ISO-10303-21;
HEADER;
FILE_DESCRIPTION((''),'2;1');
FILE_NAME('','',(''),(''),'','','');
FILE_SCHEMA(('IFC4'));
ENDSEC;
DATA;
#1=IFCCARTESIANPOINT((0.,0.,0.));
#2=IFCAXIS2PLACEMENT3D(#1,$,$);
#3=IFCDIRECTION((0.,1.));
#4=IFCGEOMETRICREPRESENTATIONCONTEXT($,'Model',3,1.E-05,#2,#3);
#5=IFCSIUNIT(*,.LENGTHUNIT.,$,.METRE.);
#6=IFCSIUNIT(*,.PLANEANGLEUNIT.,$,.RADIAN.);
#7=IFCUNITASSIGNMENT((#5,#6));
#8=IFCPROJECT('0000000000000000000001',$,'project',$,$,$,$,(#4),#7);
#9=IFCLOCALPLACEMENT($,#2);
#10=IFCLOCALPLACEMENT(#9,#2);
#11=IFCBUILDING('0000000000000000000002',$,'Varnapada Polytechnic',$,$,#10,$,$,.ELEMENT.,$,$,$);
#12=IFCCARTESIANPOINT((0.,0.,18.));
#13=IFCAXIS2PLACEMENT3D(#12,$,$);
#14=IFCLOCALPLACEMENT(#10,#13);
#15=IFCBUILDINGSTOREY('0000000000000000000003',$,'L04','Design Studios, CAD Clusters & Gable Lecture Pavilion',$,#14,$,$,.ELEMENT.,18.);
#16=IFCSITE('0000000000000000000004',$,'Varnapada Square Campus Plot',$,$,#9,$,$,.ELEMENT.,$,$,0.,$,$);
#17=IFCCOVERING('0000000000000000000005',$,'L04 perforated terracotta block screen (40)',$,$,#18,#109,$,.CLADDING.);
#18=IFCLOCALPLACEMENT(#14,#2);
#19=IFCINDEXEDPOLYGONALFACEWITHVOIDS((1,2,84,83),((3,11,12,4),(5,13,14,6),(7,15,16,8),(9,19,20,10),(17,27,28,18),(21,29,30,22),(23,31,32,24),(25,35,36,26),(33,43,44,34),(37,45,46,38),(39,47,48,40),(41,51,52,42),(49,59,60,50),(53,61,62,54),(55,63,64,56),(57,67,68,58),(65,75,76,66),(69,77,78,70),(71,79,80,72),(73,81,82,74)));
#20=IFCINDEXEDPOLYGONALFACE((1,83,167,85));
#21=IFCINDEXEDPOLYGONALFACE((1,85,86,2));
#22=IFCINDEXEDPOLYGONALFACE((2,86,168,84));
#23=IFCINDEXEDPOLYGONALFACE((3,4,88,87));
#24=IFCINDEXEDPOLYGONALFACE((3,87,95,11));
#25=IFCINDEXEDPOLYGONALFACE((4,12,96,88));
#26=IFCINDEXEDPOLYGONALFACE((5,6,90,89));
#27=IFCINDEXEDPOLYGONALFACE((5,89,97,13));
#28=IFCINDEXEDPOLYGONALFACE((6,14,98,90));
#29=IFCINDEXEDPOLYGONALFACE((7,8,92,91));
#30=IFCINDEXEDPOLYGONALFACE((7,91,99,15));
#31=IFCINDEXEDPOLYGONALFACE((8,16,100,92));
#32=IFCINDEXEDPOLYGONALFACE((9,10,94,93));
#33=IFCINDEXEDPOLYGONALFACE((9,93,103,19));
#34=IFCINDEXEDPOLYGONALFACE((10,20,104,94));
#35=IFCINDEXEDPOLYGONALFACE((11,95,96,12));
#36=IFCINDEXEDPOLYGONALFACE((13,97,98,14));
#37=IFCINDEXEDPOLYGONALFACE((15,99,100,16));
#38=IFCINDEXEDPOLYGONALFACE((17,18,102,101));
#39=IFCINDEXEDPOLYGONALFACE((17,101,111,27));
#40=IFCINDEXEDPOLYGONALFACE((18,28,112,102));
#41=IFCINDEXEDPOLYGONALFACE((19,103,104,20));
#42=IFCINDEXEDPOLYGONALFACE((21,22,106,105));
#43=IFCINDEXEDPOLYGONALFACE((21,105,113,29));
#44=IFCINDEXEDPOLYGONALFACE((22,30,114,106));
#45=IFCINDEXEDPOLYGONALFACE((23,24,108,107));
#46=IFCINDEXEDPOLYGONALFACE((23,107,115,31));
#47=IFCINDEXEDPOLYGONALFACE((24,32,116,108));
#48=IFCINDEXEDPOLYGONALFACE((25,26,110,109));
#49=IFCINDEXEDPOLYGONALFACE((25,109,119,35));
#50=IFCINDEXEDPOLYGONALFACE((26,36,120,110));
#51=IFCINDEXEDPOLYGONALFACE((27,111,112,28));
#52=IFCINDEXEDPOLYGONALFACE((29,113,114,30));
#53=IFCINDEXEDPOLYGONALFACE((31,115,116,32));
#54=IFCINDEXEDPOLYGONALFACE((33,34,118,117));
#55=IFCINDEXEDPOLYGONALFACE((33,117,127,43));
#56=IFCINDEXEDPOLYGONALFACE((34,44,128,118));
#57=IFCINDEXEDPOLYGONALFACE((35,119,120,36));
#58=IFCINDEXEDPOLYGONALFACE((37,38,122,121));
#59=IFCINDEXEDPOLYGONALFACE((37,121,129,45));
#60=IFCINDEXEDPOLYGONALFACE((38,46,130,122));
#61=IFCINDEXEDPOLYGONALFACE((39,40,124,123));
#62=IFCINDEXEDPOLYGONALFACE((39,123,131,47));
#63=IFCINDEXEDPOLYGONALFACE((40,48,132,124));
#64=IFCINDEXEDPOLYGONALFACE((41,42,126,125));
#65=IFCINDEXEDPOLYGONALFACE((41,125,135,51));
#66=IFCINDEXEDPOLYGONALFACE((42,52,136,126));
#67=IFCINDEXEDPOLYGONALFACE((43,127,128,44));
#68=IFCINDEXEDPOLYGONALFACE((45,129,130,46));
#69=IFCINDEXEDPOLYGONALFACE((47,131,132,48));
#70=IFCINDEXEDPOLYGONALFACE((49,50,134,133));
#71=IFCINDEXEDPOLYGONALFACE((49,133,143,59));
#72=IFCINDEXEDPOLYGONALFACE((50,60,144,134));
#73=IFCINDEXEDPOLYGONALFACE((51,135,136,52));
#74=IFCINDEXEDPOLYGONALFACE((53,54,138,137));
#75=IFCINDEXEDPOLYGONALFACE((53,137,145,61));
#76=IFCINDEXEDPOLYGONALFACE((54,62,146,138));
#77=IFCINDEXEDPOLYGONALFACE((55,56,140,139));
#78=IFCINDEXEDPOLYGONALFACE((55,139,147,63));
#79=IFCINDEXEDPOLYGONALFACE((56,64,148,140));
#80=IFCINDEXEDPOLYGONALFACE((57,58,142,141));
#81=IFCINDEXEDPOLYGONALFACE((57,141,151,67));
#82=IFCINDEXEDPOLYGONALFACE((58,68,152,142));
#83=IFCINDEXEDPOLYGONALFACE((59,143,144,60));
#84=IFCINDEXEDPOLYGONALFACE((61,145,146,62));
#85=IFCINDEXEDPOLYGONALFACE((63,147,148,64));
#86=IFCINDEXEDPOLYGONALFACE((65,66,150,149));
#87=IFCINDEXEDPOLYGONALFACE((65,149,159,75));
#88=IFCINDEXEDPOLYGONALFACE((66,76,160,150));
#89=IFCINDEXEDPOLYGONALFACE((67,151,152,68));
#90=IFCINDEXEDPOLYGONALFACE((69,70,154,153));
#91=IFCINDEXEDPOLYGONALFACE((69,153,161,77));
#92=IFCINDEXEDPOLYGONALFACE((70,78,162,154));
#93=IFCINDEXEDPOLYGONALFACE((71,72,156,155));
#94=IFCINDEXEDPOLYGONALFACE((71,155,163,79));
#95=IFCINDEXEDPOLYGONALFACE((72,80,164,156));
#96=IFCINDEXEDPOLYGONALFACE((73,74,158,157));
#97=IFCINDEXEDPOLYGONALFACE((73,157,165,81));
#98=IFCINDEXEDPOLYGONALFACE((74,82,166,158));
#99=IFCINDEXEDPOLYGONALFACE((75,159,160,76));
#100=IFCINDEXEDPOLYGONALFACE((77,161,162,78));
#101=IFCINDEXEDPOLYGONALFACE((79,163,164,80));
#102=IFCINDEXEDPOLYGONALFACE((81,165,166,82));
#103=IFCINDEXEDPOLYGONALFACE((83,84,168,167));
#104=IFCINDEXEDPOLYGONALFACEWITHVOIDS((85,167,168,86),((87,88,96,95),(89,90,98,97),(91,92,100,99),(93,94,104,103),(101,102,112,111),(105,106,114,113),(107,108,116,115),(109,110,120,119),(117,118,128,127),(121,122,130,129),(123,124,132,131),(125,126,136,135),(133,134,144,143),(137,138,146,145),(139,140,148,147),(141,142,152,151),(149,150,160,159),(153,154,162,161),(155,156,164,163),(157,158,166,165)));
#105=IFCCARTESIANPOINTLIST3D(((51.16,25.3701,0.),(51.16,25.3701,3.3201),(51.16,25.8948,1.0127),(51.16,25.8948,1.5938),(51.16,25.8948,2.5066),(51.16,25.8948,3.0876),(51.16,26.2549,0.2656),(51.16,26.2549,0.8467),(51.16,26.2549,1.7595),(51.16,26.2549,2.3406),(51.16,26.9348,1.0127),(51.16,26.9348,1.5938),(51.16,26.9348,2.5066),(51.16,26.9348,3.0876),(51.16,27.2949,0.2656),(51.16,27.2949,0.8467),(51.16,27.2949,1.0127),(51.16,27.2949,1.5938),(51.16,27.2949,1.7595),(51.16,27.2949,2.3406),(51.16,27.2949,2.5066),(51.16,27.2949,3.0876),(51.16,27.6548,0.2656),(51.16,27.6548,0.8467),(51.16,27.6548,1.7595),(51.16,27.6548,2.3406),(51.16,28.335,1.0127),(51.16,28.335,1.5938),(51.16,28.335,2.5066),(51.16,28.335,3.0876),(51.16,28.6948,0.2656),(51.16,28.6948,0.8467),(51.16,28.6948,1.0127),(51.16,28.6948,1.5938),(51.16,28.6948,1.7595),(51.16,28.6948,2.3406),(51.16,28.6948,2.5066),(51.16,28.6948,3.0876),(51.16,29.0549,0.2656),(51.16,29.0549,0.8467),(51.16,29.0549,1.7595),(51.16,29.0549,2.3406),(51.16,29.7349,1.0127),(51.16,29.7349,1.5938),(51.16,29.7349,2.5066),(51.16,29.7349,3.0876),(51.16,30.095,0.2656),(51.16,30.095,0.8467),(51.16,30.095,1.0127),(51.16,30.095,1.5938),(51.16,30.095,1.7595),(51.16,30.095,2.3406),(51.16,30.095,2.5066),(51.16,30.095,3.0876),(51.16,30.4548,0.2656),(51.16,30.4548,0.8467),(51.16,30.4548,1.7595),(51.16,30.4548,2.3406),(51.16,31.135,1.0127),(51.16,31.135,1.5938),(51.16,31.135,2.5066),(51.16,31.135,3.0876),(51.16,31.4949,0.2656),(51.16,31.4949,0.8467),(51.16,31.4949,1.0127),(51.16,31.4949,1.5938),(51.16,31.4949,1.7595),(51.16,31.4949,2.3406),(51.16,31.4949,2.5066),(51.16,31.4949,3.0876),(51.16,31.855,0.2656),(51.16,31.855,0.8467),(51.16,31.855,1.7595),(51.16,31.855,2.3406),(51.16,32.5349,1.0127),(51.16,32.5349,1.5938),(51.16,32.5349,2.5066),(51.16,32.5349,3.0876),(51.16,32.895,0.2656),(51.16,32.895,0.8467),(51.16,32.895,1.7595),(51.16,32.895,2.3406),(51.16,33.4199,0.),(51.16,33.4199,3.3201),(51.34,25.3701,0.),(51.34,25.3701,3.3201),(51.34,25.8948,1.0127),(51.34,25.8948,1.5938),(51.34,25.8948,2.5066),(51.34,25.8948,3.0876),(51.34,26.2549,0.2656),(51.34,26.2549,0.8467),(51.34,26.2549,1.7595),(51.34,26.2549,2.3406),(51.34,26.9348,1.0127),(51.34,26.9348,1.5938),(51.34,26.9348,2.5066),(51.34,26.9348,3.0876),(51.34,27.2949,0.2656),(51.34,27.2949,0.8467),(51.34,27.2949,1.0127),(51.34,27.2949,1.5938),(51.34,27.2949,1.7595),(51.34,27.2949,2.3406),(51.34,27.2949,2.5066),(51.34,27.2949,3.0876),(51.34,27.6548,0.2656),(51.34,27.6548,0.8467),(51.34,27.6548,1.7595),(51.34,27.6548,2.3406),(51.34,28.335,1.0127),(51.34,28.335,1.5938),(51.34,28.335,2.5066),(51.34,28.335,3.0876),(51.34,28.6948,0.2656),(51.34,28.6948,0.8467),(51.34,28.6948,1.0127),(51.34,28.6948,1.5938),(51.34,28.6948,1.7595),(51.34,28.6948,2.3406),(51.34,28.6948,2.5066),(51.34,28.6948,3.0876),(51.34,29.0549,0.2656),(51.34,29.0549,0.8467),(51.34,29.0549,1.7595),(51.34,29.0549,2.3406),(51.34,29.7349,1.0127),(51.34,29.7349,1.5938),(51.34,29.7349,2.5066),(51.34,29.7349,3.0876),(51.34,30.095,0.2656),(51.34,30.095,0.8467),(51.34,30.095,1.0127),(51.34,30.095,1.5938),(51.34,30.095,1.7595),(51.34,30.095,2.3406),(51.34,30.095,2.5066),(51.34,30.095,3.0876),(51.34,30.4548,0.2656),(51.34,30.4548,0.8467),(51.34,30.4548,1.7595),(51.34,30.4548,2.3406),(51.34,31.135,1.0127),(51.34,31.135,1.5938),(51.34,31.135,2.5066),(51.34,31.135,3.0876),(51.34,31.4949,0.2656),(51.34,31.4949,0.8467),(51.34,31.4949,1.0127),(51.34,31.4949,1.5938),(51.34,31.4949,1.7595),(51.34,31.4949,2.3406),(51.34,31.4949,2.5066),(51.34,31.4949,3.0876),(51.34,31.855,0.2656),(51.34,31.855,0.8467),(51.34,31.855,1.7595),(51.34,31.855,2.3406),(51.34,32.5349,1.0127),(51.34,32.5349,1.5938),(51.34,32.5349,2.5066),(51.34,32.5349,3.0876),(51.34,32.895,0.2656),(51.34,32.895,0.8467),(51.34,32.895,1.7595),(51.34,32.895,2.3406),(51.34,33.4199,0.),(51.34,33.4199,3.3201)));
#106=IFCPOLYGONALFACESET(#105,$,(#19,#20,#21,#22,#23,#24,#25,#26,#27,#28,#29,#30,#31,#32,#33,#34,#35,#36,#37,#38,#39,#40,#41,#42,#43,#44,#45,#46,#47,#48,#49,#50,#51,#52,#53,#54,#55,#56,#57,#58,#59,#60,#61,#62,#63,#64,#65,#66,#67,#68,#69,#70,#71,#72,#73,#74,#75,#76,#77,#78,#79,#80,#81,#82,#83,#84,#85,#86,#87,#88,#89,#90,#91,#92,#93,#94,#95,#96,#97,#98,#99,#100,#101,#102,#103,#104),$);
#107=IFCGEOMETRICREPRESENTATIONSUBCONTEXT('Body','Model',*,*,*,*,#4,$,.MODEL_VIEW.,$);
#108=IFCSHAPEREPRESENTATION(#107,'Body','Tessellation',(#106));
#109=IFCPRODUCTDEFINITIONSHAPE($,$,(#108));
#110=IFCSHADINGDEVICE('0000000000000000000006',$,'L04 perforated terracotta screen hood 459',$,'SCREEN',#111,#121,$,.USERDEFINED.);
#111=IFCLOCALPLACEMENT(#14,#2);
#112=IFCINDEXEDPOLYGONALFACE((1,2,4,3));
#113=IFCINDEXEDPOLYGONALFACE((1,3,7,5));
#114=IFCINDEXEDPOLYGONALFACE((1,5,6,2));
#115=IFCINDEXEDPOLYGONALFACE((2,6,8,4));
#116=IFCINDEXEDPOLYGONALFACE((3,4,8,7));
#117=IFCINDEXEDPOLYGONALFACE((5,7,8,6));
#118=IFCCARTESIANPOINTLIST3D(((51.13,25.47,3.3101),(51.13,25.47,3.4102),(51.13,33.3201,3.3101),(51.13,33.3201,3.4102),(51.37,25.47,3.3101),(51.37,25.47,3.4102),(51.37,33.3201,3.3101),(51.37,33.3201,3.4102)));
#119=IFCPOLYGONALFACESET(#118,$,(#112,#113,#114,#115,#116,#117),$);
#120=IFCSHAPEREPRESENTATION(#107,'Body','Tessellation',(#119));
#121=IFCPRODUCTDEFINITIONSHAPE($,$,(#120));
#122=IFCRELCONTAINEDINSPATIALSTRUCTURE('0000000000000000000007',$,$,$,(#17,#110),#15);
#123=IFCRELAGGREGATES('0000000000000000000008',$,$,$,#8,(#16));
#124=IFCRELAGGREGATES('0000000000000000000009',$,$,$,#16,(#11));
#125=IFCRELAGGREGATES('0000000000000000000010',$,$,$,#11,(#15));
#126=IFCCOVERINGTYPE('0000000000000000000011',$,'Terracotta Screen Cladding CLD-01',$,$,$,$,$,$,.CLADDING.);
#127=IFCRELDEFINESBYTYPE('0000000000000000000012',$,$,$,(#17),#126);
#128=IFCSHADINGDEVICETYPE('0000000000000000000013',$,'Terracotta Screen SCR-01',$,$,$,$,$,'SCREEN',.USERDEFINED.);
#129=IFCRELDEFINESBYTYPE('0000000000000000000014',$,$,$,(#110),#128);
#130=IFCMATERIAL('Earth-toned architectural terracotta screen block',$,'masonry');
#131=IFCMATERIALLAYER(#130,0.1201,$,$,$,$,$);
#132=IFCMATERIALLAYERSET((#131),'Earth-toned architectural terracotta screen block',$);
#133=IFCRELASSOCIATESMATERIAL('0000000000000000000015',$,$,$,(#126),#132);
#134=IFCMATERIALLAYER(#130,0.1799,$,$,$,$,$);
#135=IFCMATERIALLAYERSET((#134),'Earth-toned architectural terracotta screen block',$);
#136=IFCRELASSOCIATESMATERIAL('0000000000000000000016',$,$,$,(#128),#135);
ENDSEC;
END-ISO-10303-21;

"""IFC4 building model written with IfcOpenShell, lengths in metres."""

from ifc_helpers import new_model, si_unit, direction, frame, frame_2d, origin, origin_2d, place, context, subcontext, project, spatial, rectangle, extrude, material, layer, layer_set, type_object, element, save


model = new_model("IFC4")

# Units and contexts
model_context = context("Model", 3, precision=1e-05, world=origin(), true_north=direction((0.0, 1.0)))
body_context = subcontext(model_context, "Body", "Model", "MODEL_VIEW")
ifc_project = project(units=[si_unit("LENGTHUNIT", "METRE"), si_unit("PLANEANGLEUNIT", "RADIAN")], contexts=[model_context])

# Site, building, storey
site_placement = place(None, origin())
site = spatial("IfcSite", under=ifc_project, at=site_placement, Name="Varnapada Square Campus Plot", CompositionType="ELEMENT", RefElevation=0.0)
building_placement = place(site_placement, origin())
building = spatial("IfcBuilding", under=site, at=building_placement, Name="Varnapada Polytechnic", CompositionType="ELEMENT")
storey_placement = place(building_placement, frame((0.0, 0.0, 18.0)))
storey = spatial("IfcBuildingStorey", under=building, at=storey_placement, Name="L04", Description="Design Studios, CAD Clusters & Gable Lecture Pavilion", CompositionType="ELEMENT", Elevation=18.0)

# Covering, openings
ifc_material_1 = material(Name="Earth-toned architectural terracotta screen block", Category="masonry")
ifc_layer_1 = layer(ifc_material_1, 0.1201)
ifc_layer_set_1 = layer_set([ifc_layer_1], Name="Earth-toned architectural terracotta screen block")
covering_type = type_object("IfcCoveringType", Name="Terracotta Screen Cladding CLD-01", PredefinedType="CLADDING", material=ifc_layer_set_1)
covering_placement = place(storey_placement, frame((51.25, 33.4199, 0.0), z_axis=(0.0, 0.0, 1.0), x_axis=(0.0, -1.0, 0.0)))
covering = element("IfcCovering", 1, at=covering_placement, inside=storey, type_object=covering_type, Name="L04 perforated terracotta block screen (40)", PredefinedType="CLADDING", context=body_context, shape_type="SweptSolid", body=[
    extrude(rectangle(XDim=8.0498, YDim=0.1799, at=frame_2d((4.0249, 0.0))), origin(), (0.0, 0.0, 1.0), 3.3201),
])
opening_1_placement = place(covering_placement, frame((0.5249, 0.0, 0.2656)))
element("IfcOpeningElement", 2, at=opening_1_placement, cuts=covering, PredefinedType="OPENING", context=body_context, shape_type="SweptSolid", body=[
    extrude(rectangle(XDim=1.04, YDim=0.5811, at=frame_2d((0.52, 0.2905))), frame((0.0, 0.0999, 0.0), z_axis=(0.0, -1.0, 0.0), x_axis=(1.0, 0.0, 0.0)), (0.0, 0.0, 1.0), 0.2),
])
opening_2_placement = place(covering_placement, frame((1.925, 0.0, 0.2656)))
element("IfcOpeningElement", 3, at=opening_2_placement, cuts=covering, PredefinedType="OPENING", context=body_context, shape_type="SweptSolid", body=[
    extrude(rectangle(XDim=1.04, YDim=0.5811, at=frame_2d((0.52, 0.2905))), frame((0.0, 0.0999, 0.0), z_axis=(0.0, -1.0, 0.0), x_axis=(1.0, 0.0, 0.0)), (0.0, 0.0, 1.0), 0.2),
])
opening_3_placement = place(covering_placement, frame((3.325, 0.0, 0.2656)))
element("IfcOpeningElement", 4, at=opening_3_placement, cuts=covering, PredefinedType="OPENING", context=body_context, shape_type="SweptSolid", body=[
    extrude(rectangle(XDim=1.04, YDim=0.5811, at=frame_2d((0.52, 0.2905))), frame((0.0, 0.0999, 0.0), z_axis=(0.0, -1.0, 0.0), x_axis=(1.0, 0.0, 0.0)), (0.0, 0.0, 1.0), 0.2),
])
opening_4_placement = place(covering_placement, frame((4.7251, 0.0, 0.2656)))
element("IfcOpeningElement", 5, at=opening_4_placement, cuts=covering, PredefinedType="OPENING", context=body_context, shape_type="SweptSolid", body=[
    extrude(rectangle(XDim=1.04, YDim=0.5811, at=frame_2d((0.52, 0.2905))), frame((0.0, 0.0999, 0.0), z_axis=(0.0, -1.0, 0.0), x_axis=(1.0, 0.0, 0.0)), (0.0, 0.0, 1.0), 0.2),
])
opening_5_placement = place(covering_placement, frame((6.125, 0.0, 0.2656)))
element("IfcOpeningElement", 6, at=opening_5_placement, cuts=covering, PredefinedType="OPENING", context=body_context, shape_type="SweptSolid", body=[
    extrude(rectangle(XDim=1.04, YDim=0.5811, at=frame_2d((0.52, 0.2905))), frame((0.0, 0.0999, 0.0), z_axis=(0.0, -1.0, 0.0), x_axis=(1.0, 0.0, 0.0)), (0.0, 0.0, 1.0), 0.2),
])
opening_6_placement = place(covering_placement, frame((0.885, 0.0, 1.0127)))
element("IfcOpeningElement", 7, at=opening_6_placement, cuts=covering, PredefinedType="OPENING", context=body_context, shape_type="SweptSolid", body=[
    extrude(rectangle(XDim=1.04, YDim=0.5811, at=frame_2d((0.52, 0.2905))), frame((0.0, 0.0999, 0.0), z_axis=(0.0, -1.0, 0.0), x_axis=(1.0, 0.0, 0.0)), (0.0, 0.0, 1.0), 0.2),
])
opening_7_placement = place(covering_placement, frame((2.2849, 0.0, 1.0127)))
element("IfcOpeningElement", 8, at=opening_7_placement, cuts=covering, PredefinedType="OPENING", context=body_context, shape_type="SweptSolid", body=[
    extrude(rectangle(XDim=1.04, YDim=0.5811, at=frame_2d((0.52, 0.2905))), frame((0.0, 0.0999, 0.0), z_axis=(0.0, -1.0, 0.0), x_axis=(1.0, 0.0, 0.0)), (0.0, 0.0, 1.0), 0.2),
])
opening_8_placement = place(covering_placement, frame((3.6851, 0.0, 1.0127)))
element("IfcOpeningElement", 9, at=opening_8_placement, cuts=covering, PredefinedType="OPENING", context=body_context, shape_type="SweptSolid", body=[
    extrude(rectangle(XDim=1.04, YDim=0.5811, at=frame_2d((0.52, 0.2905))), frame((0.0, 0.0999, 0.0), z_axis=(0.0, -1.0, 0.0), x_axis=(1.0, 0.0, 0.0)), (0.0, 0.0, 1.0), 0.2),
])
opening_9_placement = place(covering_placement, frame((5.085, 0.0, 1.0127)))
element("IfcOpeningElement", 10, at=opening_9_placement, cuts=covering, PredefinedType="OPENING", context=body_context, shape_type="SweptSolid", body=[
    extrude(rectangle(XDim=1.04, YDim=0.5811, at=frame_2d((0.52, 0.2905))), frame((0.0, 0.0999, 0.0), z_axis=(0.0, -1.0, 0.0), x_axis=(1.0, 0.0, 0.0)), (0.0, 0.0, 1.0), 0.2),
])
opening_10_placement = place(covering_placement, frame((6.4851, 0.0, 1.0127)))
element("IfcOpeningElement", 11, at=opening_10_placement, cuts=covering, PredefinedType="OPENING", context=body_context, shape_type="SweptSolid", body=[
    extrude(rectangle(XDim=1.04, YDim=0.5811, at=frame_2d((0.52, 0.2905))), frame((0.0, 0.0999, 0.0), z_axis=(0.0, -1.0, 0.0), x_axis=(1.0, 0.0, 0.0)), (0.0, 0.0, 1.0), 0.2),
])
opening_11_placement = place(covering_placement, frame((0.5249, 0.0, 1.7595)))
element("IfcOpeningElement", 12, at=opening_11_placement, cuts=covering, PredefinedType="OPENING", context=body_context, shape_type="SweptSolid", body=[
    extrude(rectangle(XDim=1.04, YDim=0.5811, at=frame_2d((0.52, 0.2905))), frame((0.0, 0.0999, 0.0), z_axis=(0.0, -1.0, 0.0), x_axis=(1.0, 0.0, 0.0)), (0.0, 0.0, 1.0), 0.2),
])
opening_12_placement = place(covering_placement, frame((1.925, 0.0, 1.7595)))
element("IfcOpeningElement", 13, at=opening_12_placement, cuts=covering, PredefinedType="OPENING", context=body_context, shape_type="SweptSolid", body=[
    extrude(rectangle(XDim=1.04, YDim=0.5811, at=frame_2d((0.52, 0.2905))), frame((0.0, 0.0999, 0.0), z_axis=(0.0, -1.0, 0.0), x_axis=(1.0, 0.0, 0.0)), (0.0, 0.0, 1.0), 0.2),
])
opening_13_placement = place(covering_placement, frame((3.325, 0.0, 1.7595)))
element("IfcOpeningElement", 14, at=opening_13_placement, cuts=covering, PredefinedType="OPENING", context=body_context, shape_type="SweptSolid", body=[
    extrude(rectangle(XDim=1.04, YDim=0.5811, at=frame_2d((0.52, 0.2905))), frame((0.0, 0.0999, 0.0), z_axis=(0.0, -1.0, 0.0), x_axis=(1.0, 0.0, 0.0)), (0.0, 0.0, 1.0), 0.2),
])
opening_14_placement = place(covering_placement, frame((4.7251, 0.0, 1.7595)))
element("IfcOpeningElement", 15, at=opening_14_placement, cuts=covering, PredefinedType="OPENING", context=body_context, shape_type="SweptSolid", body=[
    extrude(rectangle(XDim=1.04, YDim=0.5811, at=frame_2d((0.52, 0.2905))), frame((0.0, 0.0999, 0.0), z_axis=(0.0, -1.0, 0.0), x_axis=(1.0, 0.0, 0.0)), (0.0, 0.0, 1.0), 0.2),
])
opening_15_placement = place(covering_placement, frame((6.125, 0.0, 1.7595)))
element("IfcOpeningElement", 16, at=opening_15_placement, cuts=covering, PredefinedType="OPENING", context=body_context, shape_type="SweptSolid", body=[
    extrude(rectangle(XDim=1.04, YDim=0.5811, at=frame_2d((0.52, 0.2905))), frame((0.0, 0.0999, 0.0), z_axis=(0.0, -1.0, 0.0), x_axis=(1.0, 0.0, 0.0)), (0.0, 0.0, 1.0), 0.2),
])
opening_16_placement = place(covering_placement, frame((0.885, 0.0, 2.5066)))
element("IfcOpeningElement", 17, at=opening_16_placement, cuts=covering, PredefinedType="OPENING", context=body_context, shape_type="SweptSolid", body=[
    extrude(rectangle(XDim=1.04, YDim=0.5811, at=frame_2d((0.52, 0.2905))), frame((0.0, 0.0999, 0.0), z_axis=(0.0, -1.0, 0.0), x_axis=(1.0, 0.0, 0.0)), (0.0, 0.0, 1.0), 0.2),
])
opening_17_placement = place(covering_placement, frame((2.2849, 0.0, 2.5066)))
element("IfcOpeningElement", 18, at=opening_17_placement, cuts=covering, PredefinedType="OPENING", context=body_context, shape_type="SweptSolid", body=[
    extrude(rectangle(XDim=1.04, YDim=0.5811, at=frame_2d((0.52, 0.2905))), frame((0.0, 0.0999, 0.0), z_axis=(0.0, -1.0, 0.0), x_axis=(1.0, 0.0, 0.0)), (0.0, 0.0, 1.0), 0.2),
])
opening_18_placement = place(covering_placement, frame((3.6851, 0.0, 2.5066)))
element("IfcOpeningElement", 19, at=opening_18_placement, cuts=covering, PredefinedType="OPENING", context=body_context, shape_type="SweptSolid", body=[
    extrude(rectangle(XDim=1.04, YDim=0.5811, at=frame_2d((0.52, 0.2905))), frame((0.0, 0.0999, 0.0), z_axis=(0.0, -1.0, 0.0), x_axis=(1.0, 0.0, 0.0)), (0.0, 0.0, 1.0), 0.2),
])
opening_19_placement = place(covering_placement, frame((5.085, 0.0, 2.5066)))
element("IfcOpeningElement", 20, at=opening_19_placement, cuts=covering, PredefinedType="OPENING", context=body_context, shape_type="SweptSolid", body=[
    extrude(rectangle(XDim=1.04, YDim=0.5811, at=frame_2d((0.52, 0.2905))), frame((0.0, 0.0999, 0.0), z_axis=(0.0, -1.0, 0.0), x_axis=(1.0, 0.0, 0.0)), (0.0, 0.0, 1.0), 0.2),
])
opening_20_placement = place(covering_placement, frame((6.4851, 0.0, 2.5066)))
element("IfcOpeningElement", 21, at=opening_20_placement, cuts=covering, PredefinedType="OPENING", context=body_context, shape_type="SweptSolid", body=[
    extrude(rectangle(XDim=1.04, YDim=0.5811, at=frame_2d((0.52, 0.2905))), frame((0.0, 0.0999, 0.0), z_axis=(0.0, -1.0, 0.0), x_axis=(1.0, 0.0, 0.0)), (0.0, 0.0, 1.0), 0.2),
])

# Shading device
ifc_layer_2 = layer(ifc_material_1, 0.1799)
ifc_layer_set_2 = layer_set([ifc_layer_2], Name="Earth-toned architectural terracotta screen block")
shading_device_type = type_object("IfcShadingDeviceType", Name="Terracotta Screen SCR-01", ElementType="SCREEN", PredefinedType="USERDEFINED", material=ifc_layer_set_2)
shading_device_placement = place(storey_placement, frame((51.25, 29.395, 3.3101), z_axis=(0.0, 0.0, 1.0), x_axis=(0.0, -1.0, 0.0)))
element("IfcShadingDevice", 22, at=shading_device_placement, inside=storey, type_object=shading_device_type, Name="L04 perforated terracotta screen hood 459", ObjectType="SCREEN", PredefinedType="USERDEFINED", context=body_context, shape_type="SweptSolid", body=[
    extrude(rectangle(XDim=7.8501, YDim=0.24, at=origin_2d()), origin(), (0.0, 0.0, 1.0), 0.1001),
])

save(model, "model.ifc")
